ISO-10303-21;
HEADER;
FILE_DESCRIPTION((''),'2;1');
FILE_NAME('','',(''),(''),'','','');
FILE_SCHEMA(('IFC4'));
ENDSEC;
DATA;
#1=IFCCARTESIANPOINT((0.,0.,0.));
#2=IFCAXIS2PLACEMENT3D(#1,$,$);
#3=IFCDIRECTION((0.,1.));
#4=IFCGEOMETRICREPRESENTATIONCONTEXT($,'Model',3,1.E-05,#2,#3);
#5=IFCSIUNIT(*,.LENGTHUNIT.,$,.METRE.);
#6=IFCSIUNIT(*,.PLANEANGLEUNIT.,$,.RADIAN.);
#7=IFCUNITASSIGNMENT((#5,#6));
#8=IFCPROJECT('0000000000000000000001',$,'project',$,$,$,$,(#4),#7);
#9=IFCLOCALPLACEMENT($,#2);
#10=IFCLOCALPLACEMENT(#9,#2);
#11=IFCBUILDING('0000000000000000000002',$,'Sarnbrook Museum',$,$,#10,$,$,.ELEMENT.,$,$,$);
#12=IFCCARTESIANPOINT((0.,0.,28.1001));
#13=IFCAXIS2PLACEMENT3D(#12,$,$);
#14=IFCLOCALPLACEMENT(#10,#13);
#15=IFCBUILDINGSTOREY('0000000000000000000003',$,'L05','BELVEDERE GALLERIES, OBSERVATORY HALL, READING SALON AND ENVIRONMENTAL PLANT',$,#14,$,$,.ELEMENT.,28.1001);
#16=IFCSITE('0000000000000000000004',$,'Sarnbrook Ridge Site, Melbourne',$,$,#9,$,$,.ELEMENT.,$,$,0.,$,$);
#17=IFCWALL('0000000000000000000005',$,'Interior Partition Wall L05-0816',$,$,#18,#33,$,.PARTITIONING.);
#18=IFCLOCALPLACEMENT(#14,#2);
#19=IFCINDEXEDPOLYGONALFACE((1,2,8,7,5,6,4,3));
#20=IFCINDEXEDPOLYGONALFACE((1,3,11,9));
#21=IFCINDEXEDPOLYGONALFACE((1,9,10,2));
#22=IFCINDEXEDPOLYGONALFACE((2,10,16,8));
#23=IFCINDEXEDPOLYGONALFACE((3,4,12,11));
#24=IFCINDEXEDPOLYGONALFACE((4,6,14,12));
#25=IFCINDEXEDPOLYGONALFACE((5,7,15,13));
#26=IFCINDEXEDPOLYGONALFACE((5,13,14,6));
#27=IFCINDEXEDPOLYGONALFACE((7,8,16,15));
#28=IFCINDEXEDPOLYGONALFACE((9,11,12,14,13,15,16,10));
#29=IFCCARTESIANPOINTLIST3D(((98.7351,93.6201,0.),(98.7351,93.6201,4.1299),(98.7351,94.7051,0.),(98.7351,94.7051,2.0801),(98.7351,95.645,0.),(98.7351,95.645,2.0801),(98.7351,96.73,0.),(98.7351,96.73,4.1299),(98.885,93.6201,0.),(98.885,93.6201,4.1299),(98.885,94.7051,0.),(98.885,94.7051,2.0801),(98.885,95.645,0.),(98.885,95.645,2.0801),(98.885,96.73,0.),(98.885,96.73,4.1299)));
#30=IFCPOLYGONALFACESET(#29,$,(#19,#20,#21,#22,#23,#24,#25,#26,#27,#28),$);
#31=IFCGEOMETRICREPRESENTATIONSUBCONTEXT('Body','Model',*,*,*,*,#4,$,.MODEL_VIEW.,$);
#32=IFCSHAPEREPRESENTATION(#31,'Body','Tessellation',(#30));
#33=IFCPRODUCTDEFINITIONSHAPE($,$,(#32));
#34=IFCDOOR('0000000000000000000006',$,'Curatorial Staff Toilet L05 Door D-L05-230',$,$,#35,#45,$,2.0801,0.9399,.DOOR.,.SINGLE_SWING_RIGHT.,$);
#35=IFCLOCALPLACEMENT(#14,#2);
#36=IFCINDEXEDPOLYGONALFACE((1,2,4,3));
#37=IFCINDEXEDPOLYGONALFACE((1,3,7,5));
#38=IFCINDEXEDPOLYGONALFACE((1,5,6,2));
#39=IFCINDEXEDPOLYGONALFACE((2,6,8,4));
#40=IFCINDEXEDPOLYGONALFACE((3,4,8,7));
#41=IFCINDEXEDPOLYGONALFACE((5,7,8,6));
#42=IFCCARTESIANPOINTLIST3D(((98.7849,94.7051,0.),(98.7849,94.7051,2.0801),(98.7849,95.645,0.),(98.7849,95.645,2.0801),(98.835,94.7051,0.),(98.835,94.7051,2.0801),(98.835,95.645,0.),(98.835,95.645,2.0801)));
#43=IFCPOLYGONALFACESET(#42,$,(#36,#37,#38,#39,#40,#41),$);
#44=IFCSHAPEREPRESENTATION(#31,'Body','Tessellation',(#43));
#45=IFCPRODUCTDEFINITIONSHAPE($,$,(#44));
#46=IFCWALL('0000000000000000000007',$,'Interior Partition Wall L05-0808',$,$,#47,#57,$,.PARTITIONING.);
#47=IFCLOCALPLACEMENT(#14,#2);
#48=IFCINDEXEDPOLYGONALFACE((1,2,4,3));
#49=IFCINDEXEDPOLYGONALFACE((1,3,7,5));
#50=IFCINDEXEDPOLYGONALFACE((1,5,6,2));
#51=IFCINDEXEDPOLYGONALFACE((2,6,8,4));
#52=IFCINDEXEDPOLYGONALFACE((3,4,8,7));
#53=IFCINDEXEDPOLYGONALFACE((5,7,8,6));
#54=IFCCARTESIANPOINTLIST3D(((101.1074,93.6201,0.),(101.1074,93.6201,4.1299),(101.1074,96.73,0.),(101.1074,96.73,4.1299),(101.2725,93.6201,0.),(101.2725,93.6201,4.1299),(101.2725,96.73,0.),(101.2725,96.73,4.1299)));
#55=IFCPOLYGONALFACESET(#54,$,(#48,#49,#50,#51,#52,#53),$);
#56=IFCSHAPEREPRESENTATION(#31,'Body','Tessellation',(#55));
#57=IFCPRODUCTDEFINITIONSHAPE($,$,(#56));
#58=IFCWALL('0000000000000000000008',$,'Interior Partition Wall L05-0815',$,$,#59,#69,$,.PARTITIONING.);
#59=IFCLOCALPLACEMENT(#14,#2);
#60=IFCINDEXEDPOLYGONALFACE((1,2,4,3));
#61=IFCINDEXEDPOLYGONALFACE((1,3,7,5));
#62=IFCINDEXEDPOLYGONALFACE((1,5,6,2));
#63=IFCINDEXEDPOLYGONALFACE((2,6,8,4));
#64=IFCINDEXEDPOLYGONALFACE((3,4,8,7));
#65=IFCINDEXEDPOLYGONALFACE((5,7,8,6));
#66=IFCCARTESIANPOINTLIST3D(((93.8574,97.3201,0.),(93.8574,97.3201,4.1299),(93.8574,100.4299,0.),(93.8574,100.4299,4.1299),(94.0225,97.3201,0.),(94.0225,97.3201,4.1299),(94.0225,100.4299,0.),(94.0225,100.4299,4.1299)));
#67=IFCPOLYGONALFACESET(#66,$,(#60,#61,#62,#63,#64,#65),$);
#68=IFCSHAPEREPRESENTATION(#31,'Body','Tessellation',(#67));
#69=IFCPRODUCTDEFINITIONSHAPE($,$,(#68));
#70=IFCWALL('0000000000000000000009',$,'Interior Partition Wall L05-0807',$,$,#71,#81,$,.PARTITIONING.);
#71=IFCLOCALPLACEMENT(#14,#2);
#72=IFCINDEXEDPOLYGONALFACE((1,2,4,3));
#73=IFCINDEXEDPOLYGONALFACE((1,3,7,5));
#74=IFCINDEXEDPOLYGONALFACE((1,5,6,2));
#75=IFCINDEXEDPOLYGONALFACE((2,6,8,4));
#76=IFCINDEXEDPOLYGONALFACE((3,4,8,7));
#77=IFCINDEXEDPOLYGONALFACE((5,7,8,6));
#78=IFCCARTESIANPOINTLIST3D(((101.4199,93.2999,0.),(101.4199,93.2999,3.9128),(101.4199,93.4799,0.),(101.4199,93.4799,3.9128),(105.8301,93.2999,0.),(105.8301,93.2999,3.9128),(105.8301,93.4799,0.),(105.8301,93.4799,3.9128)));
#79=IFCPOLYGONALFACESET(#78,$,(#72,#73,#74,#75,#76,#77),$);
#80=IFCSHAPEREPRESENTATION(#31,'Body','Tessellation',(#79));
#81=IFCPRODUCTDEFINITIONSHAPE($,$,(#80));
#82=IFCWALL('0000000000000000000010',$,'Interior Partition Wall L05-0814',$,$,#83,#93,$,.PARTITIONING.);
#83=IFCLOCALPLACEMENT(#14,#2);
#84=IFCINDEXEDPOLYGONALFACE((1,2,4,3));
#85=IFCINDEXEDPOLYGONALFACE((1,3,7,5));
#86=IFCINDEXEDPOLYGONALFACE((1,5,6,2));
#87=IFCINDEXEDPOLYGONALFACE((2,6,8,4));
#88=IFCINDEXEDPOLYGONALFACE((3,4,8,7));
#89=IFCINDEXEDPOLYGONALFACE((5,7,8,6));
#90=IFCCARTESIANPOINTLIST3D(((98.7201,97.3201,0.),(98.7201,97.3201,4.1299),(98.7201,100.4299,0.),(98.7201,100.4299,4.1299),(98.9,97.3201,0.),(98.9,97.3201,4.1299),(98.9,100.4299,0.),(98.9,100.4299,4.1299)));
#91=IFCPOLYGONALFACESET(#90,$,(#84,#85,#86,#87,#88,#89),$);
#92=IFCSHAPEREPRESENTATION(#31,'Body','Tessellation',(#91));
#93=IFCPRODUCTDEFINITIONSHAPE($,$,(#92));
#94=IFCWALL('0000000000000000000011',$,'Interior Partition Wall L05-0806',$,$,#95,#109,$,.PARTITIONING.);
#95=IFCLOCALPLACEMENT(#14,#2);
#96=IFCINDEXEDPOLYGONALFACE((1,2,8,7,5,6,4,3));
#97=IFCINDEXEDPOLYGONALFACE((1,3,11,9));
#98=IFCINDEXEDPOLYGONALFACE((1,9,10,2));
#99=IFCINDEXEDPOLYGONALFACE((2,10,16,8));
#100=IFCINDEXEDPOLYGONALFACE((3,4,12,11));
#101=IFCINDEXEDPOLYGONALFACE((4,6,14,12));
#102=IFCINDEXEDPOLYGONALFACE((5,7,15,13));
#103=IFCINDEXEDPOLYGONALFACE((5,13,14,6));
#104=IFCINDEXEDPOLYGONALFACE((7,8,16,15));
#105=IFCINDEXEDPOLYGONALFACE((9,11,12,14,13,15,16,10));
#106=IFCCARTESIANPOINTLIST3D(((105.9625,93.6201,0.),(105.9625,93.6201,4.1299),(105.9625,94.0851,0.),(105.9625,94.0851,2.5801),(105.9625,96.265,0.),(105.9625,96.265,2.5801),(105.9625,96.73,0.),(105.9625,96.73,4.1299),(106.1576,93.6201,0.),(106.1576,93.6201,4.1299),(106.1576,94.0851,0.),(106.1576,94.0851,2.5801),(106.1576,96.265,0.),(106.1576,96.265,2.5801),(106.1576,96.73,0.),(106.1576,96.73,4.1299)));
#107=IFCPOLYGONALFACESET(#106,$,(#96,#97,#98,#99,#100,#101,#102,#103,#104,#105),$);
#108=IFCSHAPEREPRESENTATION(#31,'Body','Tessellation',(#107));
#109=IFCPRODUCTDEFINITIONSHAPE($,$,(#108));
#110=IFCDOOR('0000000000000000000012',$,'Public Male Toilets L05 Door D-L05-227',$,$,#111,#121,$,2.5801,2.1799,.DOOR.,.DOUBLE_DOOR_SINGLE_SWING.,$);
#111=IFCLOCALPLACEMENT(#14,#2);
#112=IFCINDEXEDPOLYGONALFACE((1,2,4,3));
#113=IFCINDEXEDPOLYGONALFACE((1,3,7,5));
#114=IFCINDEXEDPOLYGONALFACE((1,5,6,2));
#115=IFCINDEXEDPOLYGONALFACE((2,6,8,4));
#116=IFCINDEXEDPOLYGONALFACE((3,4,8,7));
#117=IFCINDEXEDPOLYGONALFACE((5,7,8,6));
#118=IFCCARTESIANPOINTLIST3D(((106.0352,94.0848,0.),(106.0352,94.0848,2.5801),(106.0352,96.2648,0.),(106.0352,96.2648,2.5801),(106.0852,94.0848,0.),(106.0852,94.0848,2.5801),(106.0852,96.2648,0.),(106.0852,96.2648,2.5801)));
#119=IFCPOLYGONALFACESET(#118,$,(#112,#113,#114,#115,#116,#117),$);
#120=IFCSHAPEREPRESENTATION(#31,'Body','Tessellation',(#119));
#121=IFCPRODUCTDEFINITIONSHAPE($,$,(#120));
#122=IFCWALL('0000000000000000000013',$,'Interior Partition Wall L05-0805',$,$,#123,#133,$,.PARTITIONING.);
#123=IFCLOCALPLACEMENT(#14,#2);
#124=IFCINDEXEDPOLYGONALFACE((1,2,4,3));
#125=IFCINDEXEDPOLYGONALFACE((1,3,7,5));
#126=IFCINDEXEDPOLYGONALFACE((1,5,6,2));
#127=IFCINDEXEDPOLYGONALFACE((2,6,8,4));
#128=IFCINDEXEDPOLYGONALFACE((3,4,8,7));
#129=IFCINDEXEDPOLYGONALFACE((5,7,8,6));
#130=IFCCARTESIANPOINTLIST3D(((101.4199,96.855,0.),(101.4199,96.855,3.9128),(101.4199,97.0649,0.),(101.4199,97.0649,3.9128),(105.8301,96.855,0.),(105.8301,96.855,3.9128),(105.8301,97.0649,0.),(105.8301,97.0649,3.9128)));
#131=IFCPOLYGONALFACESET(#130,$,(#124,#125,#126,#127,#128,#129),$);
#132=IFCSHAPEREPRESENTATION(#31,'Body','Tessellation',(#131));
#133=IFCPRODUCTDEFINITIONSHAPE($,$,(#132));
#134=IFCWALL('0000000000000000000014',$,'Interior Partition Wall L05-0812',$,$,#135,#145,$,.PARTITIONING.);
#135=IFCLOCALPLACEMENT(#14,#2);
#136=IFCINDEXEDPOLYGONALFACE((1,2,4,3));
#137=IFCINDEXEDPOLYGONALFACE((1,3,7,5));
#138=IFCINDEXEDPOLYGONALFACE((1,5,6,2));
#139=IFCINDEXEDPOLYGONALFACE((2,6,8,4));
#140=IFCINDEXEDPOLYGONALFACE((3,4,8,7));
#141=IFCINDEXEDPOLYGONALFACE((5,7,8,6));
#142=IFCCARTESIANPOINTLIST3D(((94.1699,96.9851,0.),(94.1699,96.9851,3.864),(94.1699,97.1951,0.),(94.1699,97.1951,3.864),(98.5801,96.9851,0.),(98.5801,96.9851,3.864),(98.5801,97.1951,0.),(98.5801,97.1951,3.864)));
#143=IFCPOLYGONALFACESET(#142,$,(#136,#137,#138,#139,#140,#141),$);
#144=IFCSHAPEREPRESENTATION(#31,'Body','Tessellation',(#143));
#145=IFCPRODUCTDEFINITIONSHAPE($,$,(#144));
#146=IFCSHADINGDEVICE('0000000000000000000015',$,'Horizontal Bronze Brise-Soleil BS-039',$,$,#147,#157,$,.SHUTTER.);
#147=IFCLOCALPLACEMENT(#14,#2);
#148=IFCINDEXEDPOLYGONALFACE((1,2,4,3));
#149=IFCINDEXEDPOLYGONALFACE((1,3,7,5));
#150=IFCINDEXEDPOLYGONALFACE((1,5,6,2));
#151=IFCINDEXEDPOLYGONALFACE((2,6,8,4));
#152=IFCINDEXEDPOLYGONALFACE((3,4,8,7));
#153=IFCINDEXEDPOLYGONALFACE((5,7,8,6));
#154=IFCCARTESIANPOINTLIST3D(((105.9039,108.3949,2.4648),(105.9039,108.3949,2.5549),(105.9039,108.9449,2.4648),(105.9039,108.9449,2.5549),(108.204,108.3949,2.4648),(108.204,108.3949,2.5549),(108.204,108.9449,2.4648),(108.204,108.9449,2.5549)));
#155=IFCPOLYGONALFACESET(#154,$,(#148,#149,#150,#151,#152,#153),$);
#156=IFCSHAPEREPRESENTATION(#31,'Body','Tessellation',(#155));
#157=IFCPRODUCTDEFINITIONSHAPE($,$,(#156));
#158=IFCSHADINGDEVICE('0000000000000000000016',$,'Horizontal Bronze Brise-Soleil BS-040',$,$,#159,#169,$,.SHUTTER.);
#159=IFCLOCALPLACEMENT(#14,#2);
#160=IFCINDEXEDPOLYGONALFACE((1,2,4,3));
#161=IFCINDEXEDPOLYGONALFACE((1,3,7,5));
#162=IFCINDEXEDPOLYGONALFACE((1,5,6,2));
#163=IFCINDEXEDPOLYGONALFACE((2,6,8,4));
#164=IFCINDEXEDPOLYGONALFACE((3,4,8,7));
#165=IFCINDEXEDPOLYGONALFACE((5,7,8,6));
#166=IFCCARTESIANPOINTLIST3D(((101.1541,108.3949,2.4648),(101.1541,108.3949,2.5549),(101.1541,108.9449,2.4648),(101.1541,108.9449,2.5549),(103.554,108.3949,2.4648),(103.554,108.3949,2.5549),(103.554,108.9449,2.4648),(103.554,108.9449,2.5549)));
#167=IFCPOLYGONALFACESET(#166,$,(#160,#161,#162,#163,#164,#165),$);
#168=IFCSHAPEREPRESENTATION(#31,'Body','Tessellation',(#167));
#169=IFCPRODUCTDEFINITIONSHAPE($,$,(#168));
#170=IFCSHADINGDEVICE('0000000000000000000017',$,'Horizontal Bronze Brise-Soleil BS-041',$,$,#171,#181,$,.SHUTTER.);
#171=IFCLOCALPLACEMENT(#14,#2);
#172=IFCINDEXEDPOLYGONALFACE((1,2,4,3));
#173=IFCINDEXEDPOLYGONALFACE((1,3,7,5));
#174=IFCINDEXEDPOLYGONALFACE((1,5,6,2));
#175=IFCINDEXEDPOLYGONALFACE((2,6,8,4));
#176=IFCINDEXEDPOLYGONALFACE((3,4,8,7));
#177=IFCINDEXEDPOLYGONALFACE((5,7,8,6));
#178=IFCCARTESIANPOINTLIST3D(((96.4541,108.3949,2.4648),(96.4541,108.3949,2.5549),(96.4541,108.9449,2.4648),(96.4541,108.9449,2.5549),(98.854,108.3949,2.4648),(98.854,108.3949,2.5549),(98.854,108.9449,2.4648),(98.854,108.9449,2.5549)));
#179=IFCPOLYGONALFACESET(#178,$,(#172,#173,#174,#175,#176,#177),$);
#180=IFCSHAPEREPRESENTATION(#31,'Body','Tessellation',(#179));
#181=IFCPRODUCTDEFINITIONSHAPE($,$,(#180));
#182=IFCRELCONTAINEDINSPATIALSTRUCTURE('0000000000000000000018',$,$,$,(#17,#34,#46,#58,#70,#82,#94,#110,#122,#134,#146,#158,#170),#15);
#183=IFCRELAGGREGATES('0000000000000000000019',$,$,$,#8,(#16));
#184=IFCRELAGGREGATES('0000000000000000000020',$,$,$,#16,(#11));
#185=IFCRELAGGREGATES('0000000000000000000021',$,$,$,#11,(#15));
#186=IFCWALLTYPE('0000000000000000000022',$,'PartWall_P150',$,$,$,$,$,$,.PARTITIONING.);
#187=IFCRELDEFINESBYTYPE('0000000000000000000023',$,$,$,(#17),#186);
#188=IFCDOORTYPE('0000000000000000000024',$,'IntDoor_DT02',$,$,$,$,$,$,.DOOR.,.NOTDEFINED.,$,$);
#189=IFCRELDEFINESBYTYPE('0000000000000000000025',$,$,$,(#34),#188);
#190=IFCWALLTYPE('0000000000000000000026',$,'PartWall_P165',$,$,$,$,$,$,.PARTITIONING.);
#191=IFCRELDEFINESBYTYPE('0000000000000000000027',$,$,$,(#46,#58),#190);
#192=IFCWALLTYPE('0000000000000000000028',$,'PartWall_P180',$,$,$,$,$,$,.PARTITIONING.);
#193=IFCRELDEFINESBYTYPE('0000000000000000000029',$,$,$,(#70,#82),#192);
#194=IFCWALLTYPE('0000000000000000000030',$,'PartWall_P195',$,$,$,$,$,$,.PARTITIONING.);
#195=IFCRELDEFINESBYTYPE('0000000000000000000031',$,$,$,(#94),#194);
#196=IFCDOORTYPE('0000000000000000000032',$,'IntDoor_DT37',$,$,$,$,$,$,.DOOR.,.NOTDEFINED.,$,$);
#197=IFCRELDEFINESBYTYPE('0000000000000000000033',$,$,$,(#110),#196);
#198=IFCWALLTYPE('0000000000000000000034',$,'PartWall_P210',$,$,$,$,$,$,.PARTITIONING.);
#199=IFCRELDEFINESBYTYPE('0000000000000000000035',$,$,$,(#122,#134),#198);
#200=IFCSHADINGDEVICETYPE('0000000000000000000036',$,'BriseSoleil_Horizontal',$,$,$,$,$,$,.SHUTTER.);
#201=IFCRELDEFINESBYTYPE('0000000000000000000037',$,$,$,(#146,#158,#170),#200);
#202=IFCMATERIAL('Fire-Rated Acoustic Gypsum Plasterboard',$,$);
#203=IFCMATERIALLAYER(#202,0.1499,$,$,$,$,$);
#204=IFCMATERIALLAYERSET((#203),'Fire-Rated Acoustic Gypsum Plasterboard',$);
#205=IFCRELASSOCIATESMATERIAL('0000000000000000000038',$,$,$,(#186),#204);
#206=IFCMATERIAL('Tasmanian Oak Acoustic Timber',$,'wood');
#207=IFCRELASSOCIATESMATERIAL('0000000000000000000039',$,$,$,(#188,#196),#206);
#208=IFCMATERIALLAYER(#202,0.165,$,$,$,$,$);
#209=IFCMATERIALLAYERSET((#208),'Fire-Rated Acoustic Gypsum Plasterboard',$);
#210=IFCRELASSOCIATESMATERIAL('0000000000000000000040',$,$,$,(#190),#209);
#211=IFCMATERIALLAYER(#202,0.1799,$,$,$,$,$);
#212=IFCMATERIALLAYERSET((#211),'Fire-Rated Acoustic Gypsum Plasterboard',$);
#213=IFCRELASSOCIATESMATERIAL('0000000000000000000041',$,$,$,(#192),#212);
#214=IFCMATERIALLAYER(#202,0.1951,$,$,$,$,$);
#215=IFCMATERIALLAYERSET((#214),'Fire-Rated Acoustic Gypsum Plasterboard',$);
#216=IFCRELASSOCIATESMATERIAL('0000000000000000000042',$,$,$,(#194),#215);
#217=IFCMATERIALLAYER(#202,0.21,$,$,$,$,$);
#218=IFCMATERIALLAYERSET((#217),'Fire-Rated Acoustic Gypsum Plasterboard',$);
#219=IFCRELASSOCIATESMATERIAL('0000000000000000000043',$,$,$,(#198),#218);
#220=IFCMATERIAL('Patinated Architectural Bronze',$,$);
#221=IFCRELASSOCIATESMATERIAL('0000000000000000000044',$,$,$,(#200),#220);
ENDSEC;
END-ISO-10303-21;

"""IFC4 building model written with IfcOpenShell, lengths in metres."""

from ifc_helpers import new_model, si_unit, direction, frame, frame_2d, origin, origin_2d, place, context, subcontext, project, spatial, rectangle, extrude, material, layer, layer_set, type_object, element, fill, save


model = new_model("IFC4")

# Units and contexts
model_context = context("Model", 3, precision=1e-05, world=origin(), true_north=direction((0.0, 1.0)))
body_context = subcontext(model_context, "Body", "Model", "MODEL_VIEW")
ifc_project = project(units=[si_unit("LENGTHUNIT", "METRE"), si_unit("PLANEANGLEUNIT", "RADIAN")], contexts=[model_context])

# Site, building, storey
site_placement = place(None, origin())
site = spatial("IfcSite", under=ifc_project, at=site_placement, Name="Sarnbrook Ridge Site, Melbourne", CompositionType="ELEMENT", RefElevation=0.0)
building_placement = place(site_placement, origin())
building = spatial("IfcBuilding", under=site, at=building_placement, Name="Sarnbrook Museum", CompositionType="ELEMENT")
storey_placement = place(building_placement, frame((0.0, 0.0, 28.1001)))
storey = spatial("IfcBuildingStorey", under=building, at=storey_placement, Name="L05", Description="BELVEDERE GALLERIES, OBSERVATORY HALL, READING SALON AND ENVIRONMENTAL PLANT", CompositionType="ELEMENT", Elevation=28.1001)

# Shared definitions
ifc_material_1 = material(Name="Fire-Rated Acoustic Gypsum Plasterboard")

# Wall, opening, door
ifc_layer_1 = layer(ifc_material_1, 0.1499)
ifc_layer_set_1 = layer_set([ifc_layer_1], Name="Fire-Rated Acoustic Gypsum Plasterboard")
wall_type_1 = type_object("IfcWallType", Name="PartWall_P150", PredefinedType="PARTITIONING", material=ifc_layer_set_1)
ifc_material_2 = material(Name="Tasmanian Oak Acoustic Timber", Category="wood")
wall_1_placement = place(storey_placement, frame((98.8101, 96.73, 0.0), z_axis=(0.0, 0.0, 1.0), x_axis=(0.0, -1.0, 0.0)))
wall_1 = element("IfcWall", 1, at=wall_1_placement, inside=storey, type_object=wall_type_1, Name="Interior Partition Wall L05-0816", PredefinedType="PARTITIONING", context=body_context, shape_type="SweptSolid", body=[
    extrude(rectangle(XDim=3.1099, YDim=0.1499, at=frame_2d((1.5549, 0.0))), origin(), (0.0, 0.0, 1.0), 4.1299),
])
opening_1_placement = place(wall_1_placement, frame((1.085, 0.0, 0.0)))
opening_1 = element("IfcOpeningElement", 2, at=opening_1_placement, cuts=wall_1, PredefinedType="OPENING", context=body_context, shape_type="SweptSolid", body=[
    extrude(rectangle(XDim=0.9399, YDim=2.0801, at=frame_2d((0.47, 1.04))), frame((0.0, 0.085, 0.0), z_axis=(0.0, -1.0, 0.0), x_axis=(1.0, 0.0, 0.0)), (0.0, 0.0, 1.0), 0.1699),
])
door_type_1 = type_object("IfcDoorType", Name="IntDoor_DT02", OperationType="NOTDEFINED", PredefinedType="DOOR", material=ifc_material_2)
door_1_placement = place(opening_1_placement, origin())
door_1 = element("IfcDoor", 3, at=door_1_placement, inside=storey, type_object=door_type_1, Name="Curatorial Staff Toilet L05 Door D-L05-230", OperationType="SINGLE_SWING_RIGHT", OverallHeight=2.0801, OverallWidth=0.9399, PredefinedType="DOOR", context=body_context, shape_type="SweptSolid", body=[
    extrude(rectangle(XDim=0.9399, YDim=2.0801, at=frame_2d((0.47, 1.04))), frame((0.0, 0.0249, 0.0), z_axis=(0.0, -1.0, 0.0), x_axis=(1.0, 0.0, 0.0)), (0.0, 0.0, 1.0), 0.05),
])
fill(opening_1, door_1)

# Walls
ifc_layer_2 = layer(ifc_material_1, 0.165)
ifc_layer_set_2 = layer_set([ifc_layer_2], Name="Fire-Rated Acoustic Gypsum Plasterboard")
wall_type_2 = type_object("IfcWallType", Name="PartWall_P165", PredefinedType="PARTITIONING", material=ifc_layer_set_2)
for number, where, z_axis, x_axis, name in (
    (4, (101.1899, 93.6201, 0.0), (0.0, 0.0, 1.0), (0.0, 1.0, 0.0), "Interior Partition Wall L05-0808"),
    (5, (93.9399, 97.3201, 0.0), (0.0, 0.0, 1.0), (0.0, 1.0, 0.0), "Interior Partition Wall L05-0815"),
):
    element("IfcWall", number, at=place(storey_placement, frame(where, z_axis=z_axis, x_axis=x_axis)), inside=storey, type_object=wall_type_2, Name=name, PredefinedType="PARTITIONING", context=body_context, shape_type="SweptSolid", body=[
        extrude(rectangle(XDim=3.1099, YDim=0.165, at=frame_2d((1.5549, 0.0))), origin(), (0.0, 0.0, 1.0), 4.1299),
    ])
ifc_layer_3 = layer(ifc_material_1, 0.1799)
ifc_layer_set_3 = layer_set([ifc_layer_3], Name="Fire-Rated Acoustic Gypsum Plasterboard")
wall_type_3 = type_object("IfcWallType", Name="PartWall_P180", PredefinedType="PARTITIONING", material=ifc_layer_set_3)
wall_2_placement = place(storey_placement, frame((105.8301, 93.3899, 0.0), z_axis=(0.0, 0.0, 1.0), x_axis=(-1.0, 0.0, 0.0)))
element("IfcWall", 6, at=wall_2_placement, inside=storey, type_object=wall_type_3, Name="Interior Partition Wall L05-0807", PredefinedType="PARTITIONING", context=body_context, shape_type="SweptSolid", body=[
    extrude(rectangle(XDim=4.4102, YDim=0.1799, at=frame_2d((2.2051, 0.0))), origin(), (0.0, 0.0, 1.0), 3.9128),
])
wall_3_placement = place(storey_placement, frame((98.8101, 100.4299, 0.0), z_axis=(0.0, 0.0, 1.0), x_axis=(0.0, -1.0, 0.0)))
element("IfcWall", 7, at=wall_3_placement, inside=storey, type_object=wall_type_3, Name="Interior Partition Wall L05-0814", PredefinedType="PARTITIONING", context=body_context, shape_type="SweptSolid", body=[
    extrude(rectangle(XDim=3.1099, YDim=0.1799, at=frame_2d((1.5549, 0.0))), origin(), (0.0, 0.0, 1.0), 4.1299),
])

# Wall, opening, door
ifc_layer_4 = layer(ifc_material_1, 0.1951)
ifc_layer_set_4 = layer_set([ifc_layer_4], Name="Fire-Rated Acoustic Gypsum Plasterboard")
wall_type_4 = type_object("IfcWallType", Name="PartWall_P195", PredefinedType="PARTITIONING", material=ifc_layer_set_4)
wall_4_placement = place(storey_placement, frame((106.0601, 96.73, 0.0), z_axis=(0.0, 0.0, 1.0), x_axis=(0.0, -1.0, 0.0)))
wall_4 = element("IfcWall", 8, at=wall_4_placement, inside=storey, type_object=wall_type_4, Name="Interior Partition Wall L05-0806", PredefinedType="PARTITIONING", context=body_context, shape_type="SweptSolid", body=[
    extrude(rectangle(XDim=3.1099, YDim=0.1951, at=frame_2d((1.5549, 0.0))), origin(), (0.0, 0.0, 1.0), 4.1299),
])
opening_2_placement = place(wall_4_placement, frame((0.4651, 0.0, 0.0)))
opening_2 = element("IfcOpeningElement", 9, at=opening_2_placement, cuts=wall_4, PredefinedType="OPENING", context=body_context, shape_type="SweptSolid", body=[
    extrude(rectangle(XDim=2.1799, YDim=2.5801, at=frame_2d((1.0898, 1.29))), frame((0.0, 0.1074, 0.0), z_axis=(0.0, -1.0, 0.0), x_axis=(1.0, 0.0, 0.0)), (0.0, 0.0, 1.0), 0.2151),
])
door_type_2 = type_object("IfcDoorType", Name="IntDoor_DT37", OperationType="NOTDEFINED", PredefinedType="DOOR", material=ifc_material_2)
door_2_placement = place(opening_2_placement, frame((2.1799, 0.0, 0.0), z_axis=(0.0, 0.0, 1.0), x_axis=(-1.0, 0.0, 0.0)))
door_2 = element("IfcDoor", 10, at=door_2_placement, inside=storey, type_object=door_type_2, Name="Public Male Toilets L05 Door D-L05-227", OperationType="DOUBLE_DOOR_SINGLE_SWING", OverallHeight=2.5801, OverallWidth=2.1799, PredefinedType="DOOR", context=body_context, shape_type="SweptSolid", body=[
    extrude(rectangle(XDim=2.1799, YDim=2.5801, at=frame_2d((1.0898, 1.29))), frame((0.0, 0.0249, 0.0), z_axis=(0.0, -1.0, 0.0), x_axis=(1.0, 0.0, 0.0)), (0.0, 0.0, 1.0), 0.05),
])
fill(opening_2, door_2)

# Walls
ifc_layer_5 = layer(ifc_material_1, 0.21)
ifc_layer_set_5 = layer_set([ifc_layer_5], Name="Fire-Rated Acoustic Gypsum Plasterboard")
wall_type_5 = type_object("IfcWallType", Name="PartWall_P210", PredefinedType="PARTITIONING", material=ifc_layer_set_5)
wall_5_placement = place(storey_placement, frame((101.4199, 96.96, 0.0), z_axis=(0.0, 0.0, 1.0), x_axis=(1.0, 0.0, 0.0)))
element("IfcWall", 11, at=wall_5_placement, inside=storey, type_object=wall_type_5, Name="Interior Partition Wall L05-0805", PredefinedType="PARTITIONING", context=body_context, shape_type="SweptSolid", body=[
    extrude(rectangle(XDim=4.4102, YDim=0.21, at=frame_2d((2.2051, 0.0))), origin(), (0.0, 0.0, 1.0), 3.9128),
])
wall_6_placement = place(storey_placement, frame((98.5801, 97.0901, 0.0), z_axis=(0.0, 0.0, 1.0), x_axis=(-1.0, 0.0, 0.0)))
element("IfcWall", 12, at=wall_6_placement, inside=storey, type_object=wall_type_5, Name="Interior Partition Wall L05-0812", PredefinedType="PARTITIONING", context=body_context, shape_type="SweptSolid", body=[
    extrude(rectangle(XDim=4.4102, YDim=0.21, at=frame_2d((2.2051, 0.0))), origin(), (0.0, 0.0, 1.0), 3.864),
])

# Shading devices
ifc_material_3 = material(Name="Patinated Architectural Bronze")
shading_device_type = type_object("IfcShadingDeviceType", Name="BriseSoleil_Horizontal", PredefinedType="SHUTTER", material=ifc_material_3)
shading_device_placement = place(storey_placement, frame((107.054, 108.6699, 2.4648), z_axis=(0.0, 0.0, 1.0), x_axis=(1.0, 0.0, 0.0)))
element("IfcShadingDevice", 13, at=shading_device_placement, inside=storey, type_object=shading_device_type, Name="Horizontal Bronze Brise-Soleil BS-039", PredefinedType="SHUTTER", context=body_context, shape_type="SweptSolid", body=[
    extrude(rectangle(XDim=2.3, YDim=0.55, at=origin_2d()), origin(), (0.0, 0.0, 1.0), 0.0901),
])
for number, where, z_axis, x_axis, name in (
    (14, (102.354, 108.6699, 2.4648), (0.0, 0.0, 1.0), (1.0, 0.0, 0.0), "Horizontal Bronze Brise-Soleil BS-040"),
    (15, (97.6541, 108.6699, 2.4648), (0.0, 0.0, 1.0), (1.0, 0.0, 0.0), "Horizontal Bronze Brise-Soleil BS-041"),
):
    element("IfcShadingDevice", number, at=place(storey_placement, frame(where, z_axis=z_axis, x_axis=x_axis)), inside=storey, type_object=shading_device_type, Name=name, PredefinedType="SHUTTER", context=body_context, shape_type="SweptSolid", body=[
        extrude(rectangle(XDim=2.3999, YDim=0.55, at=origin_2d()), origin(), (0.0, 0.0, 1.0), 0.0901),
    ])

save(model, "model.ifc")
